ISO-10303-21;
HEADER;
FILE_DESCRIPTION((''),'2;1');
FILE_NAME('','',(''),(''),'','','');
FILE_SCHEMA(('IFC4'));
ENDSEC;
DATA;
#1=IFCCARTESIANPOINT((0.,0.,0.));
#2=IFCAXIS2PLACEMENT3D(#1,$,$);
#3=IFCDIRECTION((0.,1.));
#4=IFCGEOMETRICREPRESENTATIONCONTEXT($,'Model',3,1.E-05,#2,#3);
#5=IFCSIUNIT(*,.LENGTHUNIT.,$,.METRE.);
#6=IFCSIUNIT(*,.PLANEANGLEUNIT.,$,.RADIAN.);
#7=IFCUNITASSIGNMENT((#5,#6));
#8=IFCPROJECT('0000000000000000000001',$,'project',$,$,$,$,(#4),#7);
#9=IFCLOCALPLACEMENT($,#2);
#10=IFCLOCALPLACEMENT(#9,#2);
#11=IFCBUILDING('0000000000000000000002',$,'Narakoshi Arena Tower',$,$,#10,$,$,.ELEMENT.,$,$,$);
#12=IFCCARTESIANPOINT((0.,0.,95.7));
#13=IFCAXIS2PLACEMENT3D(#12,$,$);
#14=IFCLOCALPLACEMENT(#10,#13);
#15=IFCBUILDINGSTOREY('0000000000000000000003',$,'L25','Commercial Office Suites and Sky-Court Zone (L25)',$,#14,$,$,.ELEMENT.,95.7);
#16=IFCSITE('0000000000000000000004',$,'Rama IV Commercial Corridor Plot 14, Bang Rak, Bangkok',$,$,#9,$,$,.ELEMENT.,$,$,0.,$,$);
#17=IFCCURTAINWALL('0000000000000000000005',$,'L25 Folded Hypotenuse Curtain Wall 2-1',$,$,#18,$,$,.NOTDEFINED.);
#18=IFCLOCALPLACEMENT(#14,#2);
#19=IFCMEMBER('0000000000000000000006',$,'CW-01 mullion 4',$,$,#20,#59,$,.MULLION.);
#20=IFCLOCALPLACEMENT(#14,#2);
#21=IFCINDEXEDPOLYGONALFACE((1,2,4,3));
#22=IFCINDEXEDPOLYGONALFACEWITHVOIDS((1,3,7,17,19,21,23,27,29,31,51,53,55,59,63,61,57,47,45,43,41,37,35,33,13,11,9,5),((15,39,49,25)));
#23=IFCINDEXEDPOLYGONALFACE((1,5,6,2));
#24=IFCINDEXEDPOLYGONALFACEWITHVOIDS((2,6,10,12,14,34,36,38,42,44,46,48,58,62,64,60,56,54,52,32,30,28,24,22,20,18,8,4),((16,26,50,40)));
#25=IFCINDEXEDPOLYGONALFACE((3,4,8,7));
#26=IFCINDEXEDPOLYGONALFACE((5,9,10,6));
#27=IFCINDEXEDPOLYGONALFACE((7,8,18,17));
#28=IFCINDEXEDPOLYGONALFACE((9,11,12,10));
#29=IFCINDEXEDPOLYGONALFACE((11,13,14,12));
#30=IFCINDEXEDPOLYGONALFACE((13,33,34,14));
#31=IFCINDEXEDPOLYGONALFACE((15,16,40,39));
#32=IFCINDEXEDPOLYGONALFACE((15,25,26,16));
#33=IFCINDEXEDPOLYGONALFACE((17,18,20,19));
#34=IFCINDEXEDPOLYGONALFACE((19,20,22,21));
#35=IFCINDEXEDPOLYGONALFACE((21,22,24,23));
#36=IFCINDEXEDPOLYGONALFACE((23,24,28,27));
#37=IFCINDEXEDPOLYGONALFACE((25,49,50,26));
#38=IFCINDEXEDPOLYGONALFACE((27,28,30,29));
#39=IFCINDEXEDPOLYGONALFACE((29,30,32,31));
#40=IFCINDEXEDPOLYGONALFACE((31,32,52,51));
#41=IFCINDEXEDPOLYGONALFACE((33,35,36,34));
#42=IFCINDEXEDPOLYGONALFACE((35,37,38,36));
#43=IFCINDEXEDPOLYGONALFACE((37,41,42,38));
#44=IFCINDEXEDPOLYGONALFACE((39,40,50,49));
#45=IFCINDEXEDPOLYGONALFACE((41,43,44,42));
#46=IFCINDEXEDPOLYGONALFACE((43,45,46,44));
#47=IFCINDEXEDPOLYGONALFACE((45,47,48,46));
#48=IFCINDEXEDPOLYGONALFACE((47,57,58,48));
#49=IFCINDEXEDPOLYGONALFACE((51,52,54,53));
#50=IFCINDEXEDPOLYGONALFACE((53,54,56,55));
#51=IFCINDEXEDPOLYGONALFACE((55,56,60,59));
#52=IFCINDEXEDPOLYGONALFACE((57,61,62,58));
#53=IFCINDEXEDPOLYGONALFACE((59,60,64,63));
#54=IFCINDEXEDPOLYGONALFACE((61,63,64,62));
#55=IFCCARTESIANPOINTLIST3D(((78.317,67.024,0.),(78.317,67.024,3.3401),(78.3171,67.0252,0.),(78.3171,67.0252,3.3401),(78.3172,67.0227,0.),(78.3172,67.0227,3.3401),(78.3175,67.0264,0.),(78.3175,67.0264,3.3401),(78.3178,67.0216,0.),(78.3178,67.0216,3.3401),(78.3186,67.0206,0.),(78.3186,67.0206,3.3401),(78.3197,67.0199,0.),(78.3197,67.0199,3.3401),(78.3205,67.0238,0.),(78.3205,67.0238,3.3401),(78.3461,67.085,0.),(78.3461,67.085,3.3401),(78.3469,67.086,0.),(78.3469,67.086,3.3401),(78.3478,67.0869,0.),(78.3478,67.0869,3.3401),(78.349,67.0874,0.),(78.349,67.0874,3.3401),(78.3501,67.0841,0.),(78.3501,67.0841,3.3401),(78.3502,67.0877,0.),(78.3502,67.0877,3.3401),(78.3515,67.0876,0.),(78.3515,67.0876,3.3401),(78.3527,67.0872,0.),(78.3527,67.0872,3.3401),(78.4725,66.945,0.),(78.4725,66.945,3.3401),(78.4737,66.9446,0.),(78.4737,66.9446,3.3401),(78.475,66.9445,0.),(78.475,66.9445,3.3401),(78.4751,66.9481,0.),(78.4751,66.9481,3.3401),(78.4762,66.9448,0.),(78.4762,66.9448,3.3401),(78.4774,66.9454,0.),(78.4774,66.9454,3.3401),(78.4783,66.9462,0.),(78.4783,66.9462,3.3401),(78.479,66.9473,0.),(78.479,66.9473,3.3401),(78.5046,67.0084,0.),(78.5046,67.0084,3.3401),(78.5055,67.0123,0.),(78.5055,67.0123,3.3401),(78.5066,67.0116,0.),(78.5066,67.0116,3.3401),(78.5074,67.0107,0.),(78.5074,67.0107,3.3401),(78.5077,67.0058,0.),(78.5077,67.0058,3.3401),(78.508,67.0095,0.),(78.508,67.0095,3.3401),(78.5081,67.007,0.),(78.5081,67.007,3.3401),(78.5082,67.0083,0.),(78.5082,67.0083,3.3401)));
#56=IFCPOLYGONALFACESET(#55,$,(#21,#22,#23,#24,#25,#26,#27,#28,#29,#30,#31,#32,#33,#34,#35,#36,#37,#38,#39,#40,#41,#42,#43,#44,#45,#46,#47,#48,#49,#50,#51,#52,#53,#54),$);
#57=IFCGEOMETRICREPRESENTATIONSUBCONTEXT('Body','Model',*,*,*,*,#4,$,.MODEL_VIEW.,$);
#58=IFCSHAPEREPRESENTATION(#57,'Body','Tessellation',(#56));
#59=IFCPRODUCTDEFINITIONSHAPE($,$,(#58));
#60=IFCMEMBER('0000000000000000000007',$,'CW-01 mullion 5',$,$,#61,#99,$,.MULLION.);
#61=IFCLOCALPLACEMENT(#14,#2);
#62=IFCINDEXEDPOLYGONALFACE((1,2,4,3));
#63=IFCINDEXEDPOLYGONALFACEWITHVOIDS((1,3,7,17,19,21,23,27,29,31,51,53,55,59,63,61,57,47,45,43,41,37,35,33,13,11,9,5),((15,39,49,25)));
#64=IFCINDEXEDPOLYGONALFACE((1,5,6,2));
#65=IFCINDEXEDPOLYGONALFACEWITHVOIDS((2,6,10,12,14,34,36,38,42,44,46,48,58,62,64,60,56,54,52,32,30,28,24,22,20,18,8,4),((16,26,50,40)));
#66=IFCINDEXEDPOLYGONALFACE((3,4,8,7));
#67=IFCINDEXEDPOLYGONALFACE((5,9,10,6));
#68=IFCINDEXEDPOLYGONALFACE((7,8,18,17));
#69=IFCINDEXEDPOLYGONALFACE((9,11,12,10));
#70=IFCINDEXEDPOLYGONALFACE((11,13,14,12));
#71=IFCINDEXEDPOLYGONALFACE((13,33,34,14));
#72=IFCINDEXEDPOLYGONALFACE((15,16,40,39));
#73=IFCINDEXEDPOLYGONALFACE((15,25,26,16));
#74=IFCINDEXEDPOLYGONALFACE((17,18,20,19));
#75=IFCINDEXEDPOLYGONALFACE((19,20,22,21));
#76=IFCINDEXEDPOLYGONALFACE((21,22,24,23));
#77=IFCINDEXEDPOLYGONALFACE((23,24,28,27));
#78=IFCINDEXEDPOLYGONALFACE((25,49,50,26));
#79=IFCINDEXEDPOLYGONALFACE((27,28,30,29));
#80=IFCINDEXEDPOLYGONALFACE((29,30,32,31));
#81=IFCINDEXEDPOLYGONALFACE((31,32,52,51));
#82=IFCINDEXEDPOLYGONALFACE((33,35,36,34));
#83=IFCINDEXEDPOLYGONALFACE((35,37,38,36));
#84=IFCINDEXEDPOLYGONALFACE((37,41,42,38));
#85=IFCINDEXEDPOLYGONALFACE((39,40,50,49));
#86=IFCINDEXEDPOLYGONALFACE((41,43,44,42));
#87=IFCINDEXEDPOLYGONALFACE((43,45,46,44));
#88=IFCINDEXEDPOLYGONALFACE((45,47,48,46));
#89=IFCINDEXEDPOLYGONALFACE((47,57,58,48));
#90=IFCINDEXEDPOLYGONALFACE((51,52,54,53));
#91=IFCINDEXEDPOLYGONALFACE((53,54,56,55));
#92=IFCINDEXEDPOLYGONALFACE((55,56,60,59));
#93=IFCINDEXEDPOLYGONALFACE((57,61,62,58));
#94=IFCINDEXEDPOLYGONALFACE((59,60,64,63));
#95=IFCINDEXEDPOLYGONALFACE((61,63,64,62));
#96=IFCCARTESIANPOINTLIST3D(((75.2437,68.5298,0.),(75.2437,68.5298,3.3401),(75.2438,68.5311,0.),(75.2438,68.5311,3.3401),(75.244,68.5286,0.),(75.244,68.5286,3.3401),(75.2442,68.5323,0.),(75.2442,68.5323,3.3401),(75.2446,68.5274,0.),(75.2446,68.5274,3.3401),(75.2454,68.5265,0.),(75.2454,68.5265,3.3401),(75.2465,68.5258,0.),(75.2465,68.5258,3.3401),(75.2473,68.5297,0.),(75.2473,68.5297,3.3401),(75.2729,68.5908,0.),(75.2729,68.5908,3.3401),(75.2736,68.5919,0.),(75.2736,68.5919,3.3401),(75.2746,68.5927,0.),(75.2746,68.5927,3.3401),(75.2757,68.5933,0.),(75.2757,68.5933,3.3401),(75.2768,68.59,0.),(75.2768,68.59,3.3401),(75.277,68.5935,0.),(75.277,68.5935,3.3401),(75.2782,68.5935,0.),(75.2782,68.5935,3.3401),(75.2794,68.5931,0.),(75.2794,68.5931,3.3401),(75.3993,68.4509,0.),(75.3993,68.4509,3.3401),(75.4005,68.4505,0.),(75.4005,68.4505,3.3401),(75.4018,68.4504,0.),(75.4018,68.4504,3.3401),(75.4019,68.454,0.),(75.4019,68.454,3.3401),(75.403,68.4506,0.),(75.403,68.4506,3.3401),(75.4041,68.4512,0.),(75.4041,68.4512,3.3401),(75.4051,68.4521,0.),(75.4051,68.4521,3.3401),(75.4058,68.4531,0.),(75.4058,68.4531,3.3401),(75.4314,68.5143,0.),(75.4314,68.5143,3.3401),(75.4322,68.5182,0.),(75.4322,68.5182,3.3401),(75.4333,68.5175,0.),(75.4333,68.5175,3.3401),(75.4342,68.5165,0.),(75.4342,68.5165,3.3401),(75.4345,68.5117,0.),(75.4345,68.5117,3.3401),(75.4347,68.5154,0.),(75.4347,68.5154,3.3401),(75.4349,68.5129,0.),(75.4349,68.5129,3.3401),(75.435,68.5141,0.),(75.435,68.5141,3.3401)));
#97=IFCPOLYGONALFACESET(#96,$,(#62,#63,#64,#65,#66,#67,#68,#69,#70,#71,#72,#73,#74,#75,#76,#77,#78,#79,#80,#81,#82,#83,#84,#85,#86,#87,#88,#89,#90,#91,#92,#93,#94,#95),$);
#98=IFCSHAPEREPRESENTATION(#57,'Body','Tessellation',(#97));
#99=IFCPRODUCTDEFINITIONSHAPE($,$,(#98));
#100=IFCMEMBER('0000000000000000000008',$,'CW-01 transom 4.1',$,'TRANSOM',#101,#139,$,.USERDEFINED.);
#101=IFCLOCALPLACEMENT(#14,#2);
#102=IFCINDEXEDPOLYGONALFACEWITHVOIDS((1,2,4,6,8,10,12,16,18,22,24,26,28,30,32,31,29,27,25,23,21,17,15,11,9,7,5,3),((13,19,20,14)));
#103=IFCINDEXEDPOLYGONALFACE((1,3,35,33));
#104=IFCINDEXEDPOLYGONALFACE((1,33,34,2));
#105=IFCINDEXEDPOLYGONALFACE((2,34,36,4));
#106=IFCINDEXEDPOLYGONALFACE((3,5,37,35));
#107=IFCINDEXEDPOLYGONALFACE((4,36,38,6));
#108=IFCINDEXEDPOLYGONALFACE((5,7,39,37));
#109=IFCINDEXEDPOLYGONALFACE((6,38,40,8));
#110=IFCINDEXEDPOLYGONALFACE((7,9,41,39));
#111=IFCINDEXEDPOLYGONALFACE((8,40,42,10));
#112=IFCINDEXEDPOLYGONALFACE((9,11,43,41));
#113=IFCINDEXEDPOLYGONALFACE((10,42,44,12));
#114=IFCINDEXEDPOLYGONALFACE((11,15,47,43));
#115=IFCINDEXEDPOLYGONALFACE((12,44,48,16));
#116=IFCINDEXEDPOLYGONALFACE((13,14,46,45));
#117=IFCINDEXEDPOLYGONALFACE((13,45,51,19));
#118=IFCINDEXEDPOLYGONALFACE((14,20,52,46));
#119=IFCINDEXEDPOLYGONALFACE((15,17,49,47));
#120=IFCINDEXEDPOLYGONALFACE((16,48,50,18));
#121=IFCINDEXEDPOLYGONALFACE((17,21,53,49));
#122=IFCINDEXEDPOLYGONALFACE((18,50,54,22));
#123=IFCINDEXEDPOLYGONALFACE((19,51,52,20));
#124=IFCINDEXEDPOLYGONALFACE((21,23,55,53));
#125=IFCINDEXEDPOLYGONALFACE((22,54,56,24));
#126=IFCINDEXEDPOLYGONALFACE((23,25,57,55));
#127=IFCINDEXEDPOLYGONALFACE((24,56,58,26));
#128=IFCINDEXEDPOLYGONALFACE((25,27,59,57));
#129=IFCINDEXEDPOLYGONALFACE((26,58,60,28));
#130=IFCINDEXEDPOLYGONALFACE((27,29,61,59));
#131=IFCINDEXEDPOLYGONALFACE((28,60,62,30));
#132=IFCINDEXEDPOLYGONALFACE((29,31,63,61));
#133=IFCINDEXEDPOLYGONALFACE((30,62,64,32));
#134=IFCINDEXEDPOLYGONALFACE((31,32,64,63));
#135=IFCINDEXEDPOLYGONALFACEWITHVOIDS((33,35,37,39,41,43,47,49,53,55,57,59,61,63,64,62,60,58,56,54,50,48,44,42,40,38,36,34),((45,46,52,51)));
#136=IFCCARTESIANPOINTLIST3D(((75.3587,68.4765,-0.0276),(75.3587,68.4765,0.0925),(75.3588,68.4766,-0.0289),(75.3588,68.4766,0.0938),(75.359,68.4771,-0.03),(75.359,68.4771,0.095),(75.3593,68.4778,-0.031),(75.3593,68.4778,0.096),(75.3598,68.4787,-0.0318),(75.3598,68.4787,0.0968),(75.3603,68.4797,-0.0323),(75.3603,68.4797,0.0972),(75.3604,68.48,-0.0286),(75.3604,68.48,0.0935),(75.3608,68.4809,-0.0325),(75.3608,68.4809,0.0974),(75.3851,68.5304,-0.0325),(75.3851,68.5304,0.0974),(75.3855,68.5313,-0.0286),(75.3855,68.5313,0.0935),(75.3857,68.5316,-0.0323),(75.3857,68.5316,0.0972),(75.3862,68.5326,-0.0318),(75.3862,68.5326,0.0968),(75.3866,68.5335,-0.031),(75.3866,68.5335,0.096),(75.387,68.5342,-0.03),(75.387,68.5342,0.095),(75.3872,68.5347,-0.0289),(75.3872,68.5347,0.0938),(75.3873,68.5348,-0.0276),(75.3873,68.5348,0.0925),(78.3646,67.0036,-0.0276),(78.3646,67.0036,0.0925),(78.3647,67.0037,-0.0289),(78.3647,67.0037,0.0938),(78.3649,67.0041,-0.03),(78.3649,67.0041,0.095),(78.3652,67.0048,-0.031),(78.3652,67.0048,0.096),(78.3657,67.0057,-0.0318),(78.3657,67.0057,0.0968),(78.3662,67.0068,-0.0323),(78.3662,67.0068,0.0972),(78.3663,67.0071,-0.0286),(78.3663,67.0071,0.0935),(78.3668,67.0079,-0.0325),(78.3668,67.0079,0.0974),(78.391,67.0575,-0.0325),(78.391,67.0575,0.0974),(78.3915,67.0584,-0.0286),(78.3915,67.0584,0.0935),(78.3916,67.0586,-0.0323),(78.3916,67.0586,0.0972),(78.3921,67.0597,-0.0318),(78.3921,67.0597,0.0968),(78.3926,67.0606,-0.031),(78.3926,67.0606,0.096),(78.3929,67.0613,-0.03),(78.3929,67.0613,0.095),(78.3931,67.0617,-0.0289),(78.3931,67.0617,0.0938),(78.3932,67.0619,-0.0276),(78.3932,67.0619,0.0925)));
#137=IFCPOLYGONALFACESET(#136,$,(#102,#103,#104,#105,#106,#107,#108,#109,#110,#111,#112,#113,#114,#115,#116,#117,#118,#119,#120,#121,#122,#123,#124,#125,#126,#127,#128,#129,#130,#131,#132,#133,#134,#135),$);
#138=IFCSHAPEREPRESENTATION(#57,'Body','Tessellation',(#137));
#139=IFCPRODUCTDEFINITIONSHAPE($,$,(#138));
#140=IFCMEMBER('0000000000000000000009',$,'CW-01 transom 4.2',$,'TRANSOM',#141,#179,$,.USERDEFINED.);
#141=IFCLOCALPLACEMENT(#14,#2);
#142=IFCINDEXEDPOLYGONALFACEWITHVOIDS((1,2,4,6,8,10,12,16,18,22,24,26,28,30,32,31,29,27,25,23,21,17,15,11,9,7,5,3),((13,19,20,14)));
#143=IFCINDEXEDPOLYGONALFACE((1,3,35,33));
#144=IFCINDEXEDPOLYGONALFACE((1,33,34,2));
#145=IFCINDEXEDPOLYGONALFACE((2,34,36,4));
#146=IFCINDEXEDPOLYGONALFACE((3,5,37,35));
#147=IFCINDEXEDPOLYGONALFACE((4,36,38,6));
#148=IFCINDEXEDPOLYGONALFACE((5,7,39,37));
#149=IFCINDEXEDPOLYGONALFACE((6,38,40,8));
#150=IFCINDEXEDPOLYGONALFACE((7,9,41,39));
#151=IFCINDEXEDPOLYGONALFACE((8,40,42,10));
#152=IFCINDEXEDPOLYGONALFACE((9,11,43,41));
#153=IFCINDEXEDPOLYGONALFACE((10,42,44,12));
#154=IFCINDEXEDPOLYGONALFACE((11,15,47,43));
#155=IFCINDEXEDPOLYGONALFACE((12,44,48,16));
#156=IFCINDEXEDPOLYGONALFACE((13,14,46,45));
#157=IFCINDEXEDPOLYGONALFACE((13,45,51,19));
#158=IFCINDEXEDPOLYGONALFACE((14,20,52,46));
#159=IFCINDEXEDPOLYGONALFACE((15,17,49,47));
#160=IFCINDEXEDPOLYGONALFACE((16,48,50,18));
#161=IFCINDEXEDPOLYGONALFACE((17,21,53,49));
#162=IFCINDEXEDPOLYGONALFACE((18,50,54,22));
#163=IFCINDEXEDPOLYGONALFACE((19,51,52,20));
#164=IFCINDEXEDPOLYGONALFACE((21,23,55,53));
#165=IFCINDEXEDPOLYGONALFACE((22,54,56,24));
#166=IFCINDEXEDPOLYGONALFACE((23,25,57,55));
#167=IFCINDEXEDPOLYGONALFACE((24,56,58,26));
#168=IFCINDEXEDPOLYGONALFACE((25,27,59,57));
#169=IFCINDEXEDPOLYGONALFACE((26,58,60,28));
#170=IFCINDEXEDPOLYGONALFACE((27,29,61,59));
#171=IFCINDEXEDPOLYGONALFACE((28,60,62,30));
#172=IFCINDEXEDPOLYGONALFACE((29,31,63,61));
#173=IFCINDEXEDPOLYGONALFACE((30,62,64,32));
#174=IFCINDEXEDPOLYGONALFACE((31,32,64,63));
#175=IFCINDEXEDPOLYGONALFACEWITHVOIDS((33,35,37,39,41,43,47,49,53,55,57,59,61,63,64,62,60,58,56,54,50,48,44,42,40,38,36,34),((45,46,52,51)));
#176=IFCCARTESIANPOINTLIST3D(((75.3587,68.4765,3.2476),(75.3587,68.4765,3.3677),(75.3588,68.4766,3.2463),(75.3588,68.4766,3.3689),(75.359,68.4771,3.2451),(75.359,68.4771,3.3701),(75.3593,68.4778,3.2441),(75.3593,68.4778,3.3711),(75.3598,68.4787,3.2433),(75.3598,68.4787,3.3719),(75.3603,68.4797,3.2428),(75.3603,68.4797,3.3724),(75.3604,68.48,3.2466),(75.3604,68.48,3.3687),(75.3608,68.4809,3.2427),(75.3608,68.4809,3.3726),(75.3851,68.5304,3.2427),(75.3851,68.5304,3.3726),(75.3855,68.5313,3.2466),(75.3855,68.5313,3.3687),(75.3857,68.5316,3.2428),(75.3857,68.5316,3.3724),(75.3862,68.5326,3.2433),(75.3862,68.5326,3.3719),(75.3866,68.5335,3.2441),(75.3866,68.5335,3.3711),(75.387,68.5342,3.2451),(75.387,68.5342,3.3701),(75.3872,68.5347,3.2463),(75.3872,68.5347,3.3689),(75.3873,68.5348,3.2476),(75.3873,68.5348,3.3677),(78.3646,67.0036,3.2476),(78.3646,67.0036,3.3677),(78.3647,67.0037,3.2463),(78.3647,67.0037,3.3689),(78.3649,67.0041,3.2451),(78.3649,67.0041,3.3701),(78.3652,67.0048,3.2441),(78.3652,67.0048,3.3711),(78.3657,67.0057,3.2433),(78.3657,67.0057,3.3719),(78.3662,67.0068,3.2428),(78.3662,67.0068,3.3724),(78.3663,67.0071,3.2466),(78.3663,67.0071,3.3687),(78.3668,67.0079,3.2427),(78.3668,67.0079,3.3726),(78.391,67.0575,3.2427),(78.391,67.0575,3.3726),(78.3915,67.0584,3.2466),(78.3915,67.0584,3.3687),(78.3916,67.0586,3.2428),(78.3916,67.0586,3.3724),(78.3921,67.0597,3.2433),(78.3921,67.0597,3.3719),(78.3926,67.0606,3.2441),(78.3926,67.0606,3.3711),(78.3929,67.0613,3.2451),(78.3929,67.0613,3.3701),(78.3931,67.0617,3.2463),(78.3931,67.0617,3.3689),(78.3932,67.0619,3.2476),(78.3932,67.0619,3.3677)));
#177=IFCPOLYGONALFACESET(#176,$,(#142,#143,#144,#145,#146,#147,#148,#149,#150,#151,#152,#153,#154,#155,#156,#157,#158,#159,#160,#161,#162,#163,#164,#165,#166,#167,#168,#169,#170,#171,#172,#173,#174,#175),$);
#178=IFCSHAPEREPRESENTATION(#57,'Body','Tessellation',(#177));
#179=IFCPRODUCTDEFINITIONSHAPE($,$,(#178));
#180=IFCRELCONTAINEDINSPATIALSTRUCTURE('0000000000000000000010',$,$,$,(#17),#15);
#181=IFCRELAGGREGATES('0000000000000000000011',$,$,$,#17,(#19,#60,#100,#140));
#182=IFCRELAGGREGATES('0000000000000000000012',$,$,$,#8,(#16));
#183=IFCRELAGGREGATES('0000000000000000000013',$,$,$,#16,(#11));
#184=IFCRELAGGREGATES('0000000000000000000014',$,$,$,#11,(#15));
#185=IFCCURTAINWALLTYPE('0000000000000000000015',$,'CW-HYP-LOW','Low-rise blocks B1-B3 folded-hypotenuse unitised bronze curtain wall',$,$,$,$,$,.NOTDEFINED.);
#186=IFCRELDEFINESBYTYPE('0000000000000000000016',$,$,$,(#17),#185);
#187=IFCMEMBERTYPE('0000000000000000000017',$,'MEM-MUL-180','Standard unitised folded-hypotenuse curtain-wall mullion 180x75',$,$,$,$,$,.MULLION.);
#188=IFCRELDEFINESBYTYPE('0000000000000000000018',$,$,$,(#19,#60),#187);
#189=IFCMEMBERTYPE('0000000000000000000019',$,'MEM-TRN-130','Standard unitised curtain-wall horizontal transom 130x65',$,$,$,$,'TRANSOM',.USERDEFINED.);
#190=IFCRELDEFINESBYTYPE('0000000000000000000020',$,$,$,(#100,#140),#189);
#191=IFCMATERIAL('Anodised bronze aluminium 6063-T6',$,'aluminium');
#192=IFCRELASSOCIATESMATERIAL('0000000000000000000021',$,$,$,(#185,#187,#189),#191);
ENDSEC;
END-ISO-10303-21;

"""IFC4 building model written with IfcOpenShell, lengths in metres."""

from ifc_helpers import new_model, si_unit, direction, frame, origin, origin_2d, place, context, subcontext, project, spatial, hollow_rectangle, extrude, material, material_profile, profile_set, type_object, element, aggregate, save


model = new_model("IFC4")

# Units and contexts
model_context = context("Model", 3, precision=1e-05, world=origin(), true_north=direction((0.0, 1.0)))
body_context = subcontext(model_context, "Body", "Model", "MODEL_VIEW")
ifc_project = project(units=[si_unit("LENGTHUNIT", "METRE"), si_unit("PLANEANGLEUNIT", "RADIAN")], contexts=[model_context])

# Site, building, storey
site_placement = place(None, origin())
site = spatial("IfcSite", under=ifc_project, at=site_placement, Name="Rama IV Commercial Corridor Plot 14, Bang Rak, Bangkok", CompositionType="ELEMENT", RefElevation=0.0)
building_placement = place(site_placement, origin())
building = spatial("IfcBuilding", under=site, at=building_placement, Name="Narakoshi Arena Tower", CompositionType="ELEMENT")
storey_placement = place(building_placement, frame((0.0, 0.0, 95.7)))
storey = spatial("IfcBuildingStorey", under=building, at=storey_placement, Name="L25", Description="Commercial Office Suites and Sky-Court Zone (L25)", CompositionType="ELEMENT", Elevation=95.7)

# Curtain wall, members
ifc_material_1 = material(Name="Anodised bronze aluminium 6063-T6", Category="aluminium")
curtain_wall_type = type_object("IfcCurtainWallType", Name="CW-HYP-LOW", Description="Low-rise blocks B1-B3 folded-hypotenuse unitised bronze curtain wall", PredefinedType="NOTDEFINED", material=ifc_material_1)
curtain_wall_placement = place(storey_placement, origin())
curtain_wall = element("IfcCurtainWall", 1, at=curtain_wall_placement, inside=storey, type_object=curtain_wall_type, Name="L25 Folded Hypotenuse Curtain Wall 2-1", PredefinedType="NOTDEFINED")
ifc_material_profile_1 = material_profile(ifc_material_1, hollow_rectangle(XDim=0.075, YDim=0.1799, WallThickness=0.0039, OuterFilletRadius=0.0049, at=origin_2d()), Name="MUL180x75x4")
ifc_profile_set_1 = profile_set([ifc_material_profile_1], Name="Anodised bronze aluminium 6063-T6")
member_type_1 = type_object("IfcMemberType", Name="MEM-MUL-180", Description="Standard unitised folded-hypotenuse curtain-wall mullion 180x75", PredefinedType="MULLION", material=ifc_profile_set_1)
member_1_placement = place(storey_placement, frame((78.4126, 67.0161, 0.0), z_axis=(0.0, 0.0, 1.0), x_axis=(-0.440005, -0.897996, 0.0)))
member_1 = element("IfcMember", 2, at=member_1_placement, type_object=member_type_1, Name="CW-01 mullion 4", PredefinedType="MULLION", context=body_context, shape_type="SweptSolid", body=[
    extrude(hollow_rectangle(XDim=0.075, YDim=0.1799, WallThickness=0.0039, OuterFilletRadius=0.0049, at=origin_2d()), origin(), (0.0, 0.0, 1.0), 3.3401),
])
member_2_placement = place(storey_placement, frame((75.3394, 68.522, 0.0), z_axis=(0.0, 0.0, 1.0), x_axis=(-0.440005, -0.897996, 0.0)))
member_2 = element("IfcMember", 3, at=member_2_placement, type_object=member_type_1, Name="CW-01 mullion 5", PredefinedType="MULLION", context=body_context, shape_type="SweptSolid", body=[
    extrude(hollow_rectangle(XDim=0.075, YDim=0.1799, WallThickness=0.0039, OuterFilletRadius=0.0049, at=origin_2d()), origin(), (0.0, 0.0, 1.0), 3.3401),
])
ifc_material_profile_2 = material_profile(ifc_material_1, hollow_rectangle(XDim=0.0649, YDim=0.1299, WallThickness=0.0039, OuterFilletRadius=0.0049, at=origin_2d()), Name="TRN130x65x4")
ifc_profile_set_2 = profile_set([ifc_material_profile_2], Name="Anodised bronze aluminium 6063-T6")
member_type_2 = type_object("IfcMemberType", Name="MEM-TRN-130", Description="Standard unitised curtain-wall horizontal transom 130x65", ElementType="TRANSOM", PredefinedType="USERDEFINED", material=ifc_profile_set_2)
member_3_placement = place(storey_placement, frame((78.3789, 67.0327, 0.0325), z_axis=(-0.897987, 0.440022, 0.0), x_axis=(-0.440022, -0.897987, 0.0)))
member_3 = element("IfcMember", 4, at=member_3_placement, type_object=member_type_2, Name="CW-01 transom 4.1", ObjectType="TRANSOM", PredefinedType="USERDEFINED", context=body_context, shape_type="SweptSolid", body=[
    extrude(hollow_rectangle(XDim=0.0649, YDim=0.1299, WallThickness=0.0039, OuterFilletRadius=0.0049, at=origin_2d()), origin(), (0.0, 0.0, 1.0), 3.3474),
])
member_4_placement = place(storey_placement, frame((78.3789, 67.0327, 3.3076), z_axis=(-0.897987, 0.440022, 0.0), x_axis=(-0.440022, -0.897987, 0.0)))
member_4 = element("IfcMember", 5, at=member_4_placement, type_object=member_type_2, Name="CW-01 transom 4.2", ObjectType="TRANSOM", PredefinedType="USERDEFINED", context=body_context, shape_type="SweptSolid", body=[
    extrude(hollow_rectangle(XDim=0.0649, YDim=0.1299, WallThickness=0.0039, OuterFilletRadius=0.0049, at=origin_2d()), origin(), (0.0, 0.0, 1.0), 3.3474),
])
aggregate(curtain_wall, [member_1, member_2, member_3, member_4])

save(model, "model.ifc")
